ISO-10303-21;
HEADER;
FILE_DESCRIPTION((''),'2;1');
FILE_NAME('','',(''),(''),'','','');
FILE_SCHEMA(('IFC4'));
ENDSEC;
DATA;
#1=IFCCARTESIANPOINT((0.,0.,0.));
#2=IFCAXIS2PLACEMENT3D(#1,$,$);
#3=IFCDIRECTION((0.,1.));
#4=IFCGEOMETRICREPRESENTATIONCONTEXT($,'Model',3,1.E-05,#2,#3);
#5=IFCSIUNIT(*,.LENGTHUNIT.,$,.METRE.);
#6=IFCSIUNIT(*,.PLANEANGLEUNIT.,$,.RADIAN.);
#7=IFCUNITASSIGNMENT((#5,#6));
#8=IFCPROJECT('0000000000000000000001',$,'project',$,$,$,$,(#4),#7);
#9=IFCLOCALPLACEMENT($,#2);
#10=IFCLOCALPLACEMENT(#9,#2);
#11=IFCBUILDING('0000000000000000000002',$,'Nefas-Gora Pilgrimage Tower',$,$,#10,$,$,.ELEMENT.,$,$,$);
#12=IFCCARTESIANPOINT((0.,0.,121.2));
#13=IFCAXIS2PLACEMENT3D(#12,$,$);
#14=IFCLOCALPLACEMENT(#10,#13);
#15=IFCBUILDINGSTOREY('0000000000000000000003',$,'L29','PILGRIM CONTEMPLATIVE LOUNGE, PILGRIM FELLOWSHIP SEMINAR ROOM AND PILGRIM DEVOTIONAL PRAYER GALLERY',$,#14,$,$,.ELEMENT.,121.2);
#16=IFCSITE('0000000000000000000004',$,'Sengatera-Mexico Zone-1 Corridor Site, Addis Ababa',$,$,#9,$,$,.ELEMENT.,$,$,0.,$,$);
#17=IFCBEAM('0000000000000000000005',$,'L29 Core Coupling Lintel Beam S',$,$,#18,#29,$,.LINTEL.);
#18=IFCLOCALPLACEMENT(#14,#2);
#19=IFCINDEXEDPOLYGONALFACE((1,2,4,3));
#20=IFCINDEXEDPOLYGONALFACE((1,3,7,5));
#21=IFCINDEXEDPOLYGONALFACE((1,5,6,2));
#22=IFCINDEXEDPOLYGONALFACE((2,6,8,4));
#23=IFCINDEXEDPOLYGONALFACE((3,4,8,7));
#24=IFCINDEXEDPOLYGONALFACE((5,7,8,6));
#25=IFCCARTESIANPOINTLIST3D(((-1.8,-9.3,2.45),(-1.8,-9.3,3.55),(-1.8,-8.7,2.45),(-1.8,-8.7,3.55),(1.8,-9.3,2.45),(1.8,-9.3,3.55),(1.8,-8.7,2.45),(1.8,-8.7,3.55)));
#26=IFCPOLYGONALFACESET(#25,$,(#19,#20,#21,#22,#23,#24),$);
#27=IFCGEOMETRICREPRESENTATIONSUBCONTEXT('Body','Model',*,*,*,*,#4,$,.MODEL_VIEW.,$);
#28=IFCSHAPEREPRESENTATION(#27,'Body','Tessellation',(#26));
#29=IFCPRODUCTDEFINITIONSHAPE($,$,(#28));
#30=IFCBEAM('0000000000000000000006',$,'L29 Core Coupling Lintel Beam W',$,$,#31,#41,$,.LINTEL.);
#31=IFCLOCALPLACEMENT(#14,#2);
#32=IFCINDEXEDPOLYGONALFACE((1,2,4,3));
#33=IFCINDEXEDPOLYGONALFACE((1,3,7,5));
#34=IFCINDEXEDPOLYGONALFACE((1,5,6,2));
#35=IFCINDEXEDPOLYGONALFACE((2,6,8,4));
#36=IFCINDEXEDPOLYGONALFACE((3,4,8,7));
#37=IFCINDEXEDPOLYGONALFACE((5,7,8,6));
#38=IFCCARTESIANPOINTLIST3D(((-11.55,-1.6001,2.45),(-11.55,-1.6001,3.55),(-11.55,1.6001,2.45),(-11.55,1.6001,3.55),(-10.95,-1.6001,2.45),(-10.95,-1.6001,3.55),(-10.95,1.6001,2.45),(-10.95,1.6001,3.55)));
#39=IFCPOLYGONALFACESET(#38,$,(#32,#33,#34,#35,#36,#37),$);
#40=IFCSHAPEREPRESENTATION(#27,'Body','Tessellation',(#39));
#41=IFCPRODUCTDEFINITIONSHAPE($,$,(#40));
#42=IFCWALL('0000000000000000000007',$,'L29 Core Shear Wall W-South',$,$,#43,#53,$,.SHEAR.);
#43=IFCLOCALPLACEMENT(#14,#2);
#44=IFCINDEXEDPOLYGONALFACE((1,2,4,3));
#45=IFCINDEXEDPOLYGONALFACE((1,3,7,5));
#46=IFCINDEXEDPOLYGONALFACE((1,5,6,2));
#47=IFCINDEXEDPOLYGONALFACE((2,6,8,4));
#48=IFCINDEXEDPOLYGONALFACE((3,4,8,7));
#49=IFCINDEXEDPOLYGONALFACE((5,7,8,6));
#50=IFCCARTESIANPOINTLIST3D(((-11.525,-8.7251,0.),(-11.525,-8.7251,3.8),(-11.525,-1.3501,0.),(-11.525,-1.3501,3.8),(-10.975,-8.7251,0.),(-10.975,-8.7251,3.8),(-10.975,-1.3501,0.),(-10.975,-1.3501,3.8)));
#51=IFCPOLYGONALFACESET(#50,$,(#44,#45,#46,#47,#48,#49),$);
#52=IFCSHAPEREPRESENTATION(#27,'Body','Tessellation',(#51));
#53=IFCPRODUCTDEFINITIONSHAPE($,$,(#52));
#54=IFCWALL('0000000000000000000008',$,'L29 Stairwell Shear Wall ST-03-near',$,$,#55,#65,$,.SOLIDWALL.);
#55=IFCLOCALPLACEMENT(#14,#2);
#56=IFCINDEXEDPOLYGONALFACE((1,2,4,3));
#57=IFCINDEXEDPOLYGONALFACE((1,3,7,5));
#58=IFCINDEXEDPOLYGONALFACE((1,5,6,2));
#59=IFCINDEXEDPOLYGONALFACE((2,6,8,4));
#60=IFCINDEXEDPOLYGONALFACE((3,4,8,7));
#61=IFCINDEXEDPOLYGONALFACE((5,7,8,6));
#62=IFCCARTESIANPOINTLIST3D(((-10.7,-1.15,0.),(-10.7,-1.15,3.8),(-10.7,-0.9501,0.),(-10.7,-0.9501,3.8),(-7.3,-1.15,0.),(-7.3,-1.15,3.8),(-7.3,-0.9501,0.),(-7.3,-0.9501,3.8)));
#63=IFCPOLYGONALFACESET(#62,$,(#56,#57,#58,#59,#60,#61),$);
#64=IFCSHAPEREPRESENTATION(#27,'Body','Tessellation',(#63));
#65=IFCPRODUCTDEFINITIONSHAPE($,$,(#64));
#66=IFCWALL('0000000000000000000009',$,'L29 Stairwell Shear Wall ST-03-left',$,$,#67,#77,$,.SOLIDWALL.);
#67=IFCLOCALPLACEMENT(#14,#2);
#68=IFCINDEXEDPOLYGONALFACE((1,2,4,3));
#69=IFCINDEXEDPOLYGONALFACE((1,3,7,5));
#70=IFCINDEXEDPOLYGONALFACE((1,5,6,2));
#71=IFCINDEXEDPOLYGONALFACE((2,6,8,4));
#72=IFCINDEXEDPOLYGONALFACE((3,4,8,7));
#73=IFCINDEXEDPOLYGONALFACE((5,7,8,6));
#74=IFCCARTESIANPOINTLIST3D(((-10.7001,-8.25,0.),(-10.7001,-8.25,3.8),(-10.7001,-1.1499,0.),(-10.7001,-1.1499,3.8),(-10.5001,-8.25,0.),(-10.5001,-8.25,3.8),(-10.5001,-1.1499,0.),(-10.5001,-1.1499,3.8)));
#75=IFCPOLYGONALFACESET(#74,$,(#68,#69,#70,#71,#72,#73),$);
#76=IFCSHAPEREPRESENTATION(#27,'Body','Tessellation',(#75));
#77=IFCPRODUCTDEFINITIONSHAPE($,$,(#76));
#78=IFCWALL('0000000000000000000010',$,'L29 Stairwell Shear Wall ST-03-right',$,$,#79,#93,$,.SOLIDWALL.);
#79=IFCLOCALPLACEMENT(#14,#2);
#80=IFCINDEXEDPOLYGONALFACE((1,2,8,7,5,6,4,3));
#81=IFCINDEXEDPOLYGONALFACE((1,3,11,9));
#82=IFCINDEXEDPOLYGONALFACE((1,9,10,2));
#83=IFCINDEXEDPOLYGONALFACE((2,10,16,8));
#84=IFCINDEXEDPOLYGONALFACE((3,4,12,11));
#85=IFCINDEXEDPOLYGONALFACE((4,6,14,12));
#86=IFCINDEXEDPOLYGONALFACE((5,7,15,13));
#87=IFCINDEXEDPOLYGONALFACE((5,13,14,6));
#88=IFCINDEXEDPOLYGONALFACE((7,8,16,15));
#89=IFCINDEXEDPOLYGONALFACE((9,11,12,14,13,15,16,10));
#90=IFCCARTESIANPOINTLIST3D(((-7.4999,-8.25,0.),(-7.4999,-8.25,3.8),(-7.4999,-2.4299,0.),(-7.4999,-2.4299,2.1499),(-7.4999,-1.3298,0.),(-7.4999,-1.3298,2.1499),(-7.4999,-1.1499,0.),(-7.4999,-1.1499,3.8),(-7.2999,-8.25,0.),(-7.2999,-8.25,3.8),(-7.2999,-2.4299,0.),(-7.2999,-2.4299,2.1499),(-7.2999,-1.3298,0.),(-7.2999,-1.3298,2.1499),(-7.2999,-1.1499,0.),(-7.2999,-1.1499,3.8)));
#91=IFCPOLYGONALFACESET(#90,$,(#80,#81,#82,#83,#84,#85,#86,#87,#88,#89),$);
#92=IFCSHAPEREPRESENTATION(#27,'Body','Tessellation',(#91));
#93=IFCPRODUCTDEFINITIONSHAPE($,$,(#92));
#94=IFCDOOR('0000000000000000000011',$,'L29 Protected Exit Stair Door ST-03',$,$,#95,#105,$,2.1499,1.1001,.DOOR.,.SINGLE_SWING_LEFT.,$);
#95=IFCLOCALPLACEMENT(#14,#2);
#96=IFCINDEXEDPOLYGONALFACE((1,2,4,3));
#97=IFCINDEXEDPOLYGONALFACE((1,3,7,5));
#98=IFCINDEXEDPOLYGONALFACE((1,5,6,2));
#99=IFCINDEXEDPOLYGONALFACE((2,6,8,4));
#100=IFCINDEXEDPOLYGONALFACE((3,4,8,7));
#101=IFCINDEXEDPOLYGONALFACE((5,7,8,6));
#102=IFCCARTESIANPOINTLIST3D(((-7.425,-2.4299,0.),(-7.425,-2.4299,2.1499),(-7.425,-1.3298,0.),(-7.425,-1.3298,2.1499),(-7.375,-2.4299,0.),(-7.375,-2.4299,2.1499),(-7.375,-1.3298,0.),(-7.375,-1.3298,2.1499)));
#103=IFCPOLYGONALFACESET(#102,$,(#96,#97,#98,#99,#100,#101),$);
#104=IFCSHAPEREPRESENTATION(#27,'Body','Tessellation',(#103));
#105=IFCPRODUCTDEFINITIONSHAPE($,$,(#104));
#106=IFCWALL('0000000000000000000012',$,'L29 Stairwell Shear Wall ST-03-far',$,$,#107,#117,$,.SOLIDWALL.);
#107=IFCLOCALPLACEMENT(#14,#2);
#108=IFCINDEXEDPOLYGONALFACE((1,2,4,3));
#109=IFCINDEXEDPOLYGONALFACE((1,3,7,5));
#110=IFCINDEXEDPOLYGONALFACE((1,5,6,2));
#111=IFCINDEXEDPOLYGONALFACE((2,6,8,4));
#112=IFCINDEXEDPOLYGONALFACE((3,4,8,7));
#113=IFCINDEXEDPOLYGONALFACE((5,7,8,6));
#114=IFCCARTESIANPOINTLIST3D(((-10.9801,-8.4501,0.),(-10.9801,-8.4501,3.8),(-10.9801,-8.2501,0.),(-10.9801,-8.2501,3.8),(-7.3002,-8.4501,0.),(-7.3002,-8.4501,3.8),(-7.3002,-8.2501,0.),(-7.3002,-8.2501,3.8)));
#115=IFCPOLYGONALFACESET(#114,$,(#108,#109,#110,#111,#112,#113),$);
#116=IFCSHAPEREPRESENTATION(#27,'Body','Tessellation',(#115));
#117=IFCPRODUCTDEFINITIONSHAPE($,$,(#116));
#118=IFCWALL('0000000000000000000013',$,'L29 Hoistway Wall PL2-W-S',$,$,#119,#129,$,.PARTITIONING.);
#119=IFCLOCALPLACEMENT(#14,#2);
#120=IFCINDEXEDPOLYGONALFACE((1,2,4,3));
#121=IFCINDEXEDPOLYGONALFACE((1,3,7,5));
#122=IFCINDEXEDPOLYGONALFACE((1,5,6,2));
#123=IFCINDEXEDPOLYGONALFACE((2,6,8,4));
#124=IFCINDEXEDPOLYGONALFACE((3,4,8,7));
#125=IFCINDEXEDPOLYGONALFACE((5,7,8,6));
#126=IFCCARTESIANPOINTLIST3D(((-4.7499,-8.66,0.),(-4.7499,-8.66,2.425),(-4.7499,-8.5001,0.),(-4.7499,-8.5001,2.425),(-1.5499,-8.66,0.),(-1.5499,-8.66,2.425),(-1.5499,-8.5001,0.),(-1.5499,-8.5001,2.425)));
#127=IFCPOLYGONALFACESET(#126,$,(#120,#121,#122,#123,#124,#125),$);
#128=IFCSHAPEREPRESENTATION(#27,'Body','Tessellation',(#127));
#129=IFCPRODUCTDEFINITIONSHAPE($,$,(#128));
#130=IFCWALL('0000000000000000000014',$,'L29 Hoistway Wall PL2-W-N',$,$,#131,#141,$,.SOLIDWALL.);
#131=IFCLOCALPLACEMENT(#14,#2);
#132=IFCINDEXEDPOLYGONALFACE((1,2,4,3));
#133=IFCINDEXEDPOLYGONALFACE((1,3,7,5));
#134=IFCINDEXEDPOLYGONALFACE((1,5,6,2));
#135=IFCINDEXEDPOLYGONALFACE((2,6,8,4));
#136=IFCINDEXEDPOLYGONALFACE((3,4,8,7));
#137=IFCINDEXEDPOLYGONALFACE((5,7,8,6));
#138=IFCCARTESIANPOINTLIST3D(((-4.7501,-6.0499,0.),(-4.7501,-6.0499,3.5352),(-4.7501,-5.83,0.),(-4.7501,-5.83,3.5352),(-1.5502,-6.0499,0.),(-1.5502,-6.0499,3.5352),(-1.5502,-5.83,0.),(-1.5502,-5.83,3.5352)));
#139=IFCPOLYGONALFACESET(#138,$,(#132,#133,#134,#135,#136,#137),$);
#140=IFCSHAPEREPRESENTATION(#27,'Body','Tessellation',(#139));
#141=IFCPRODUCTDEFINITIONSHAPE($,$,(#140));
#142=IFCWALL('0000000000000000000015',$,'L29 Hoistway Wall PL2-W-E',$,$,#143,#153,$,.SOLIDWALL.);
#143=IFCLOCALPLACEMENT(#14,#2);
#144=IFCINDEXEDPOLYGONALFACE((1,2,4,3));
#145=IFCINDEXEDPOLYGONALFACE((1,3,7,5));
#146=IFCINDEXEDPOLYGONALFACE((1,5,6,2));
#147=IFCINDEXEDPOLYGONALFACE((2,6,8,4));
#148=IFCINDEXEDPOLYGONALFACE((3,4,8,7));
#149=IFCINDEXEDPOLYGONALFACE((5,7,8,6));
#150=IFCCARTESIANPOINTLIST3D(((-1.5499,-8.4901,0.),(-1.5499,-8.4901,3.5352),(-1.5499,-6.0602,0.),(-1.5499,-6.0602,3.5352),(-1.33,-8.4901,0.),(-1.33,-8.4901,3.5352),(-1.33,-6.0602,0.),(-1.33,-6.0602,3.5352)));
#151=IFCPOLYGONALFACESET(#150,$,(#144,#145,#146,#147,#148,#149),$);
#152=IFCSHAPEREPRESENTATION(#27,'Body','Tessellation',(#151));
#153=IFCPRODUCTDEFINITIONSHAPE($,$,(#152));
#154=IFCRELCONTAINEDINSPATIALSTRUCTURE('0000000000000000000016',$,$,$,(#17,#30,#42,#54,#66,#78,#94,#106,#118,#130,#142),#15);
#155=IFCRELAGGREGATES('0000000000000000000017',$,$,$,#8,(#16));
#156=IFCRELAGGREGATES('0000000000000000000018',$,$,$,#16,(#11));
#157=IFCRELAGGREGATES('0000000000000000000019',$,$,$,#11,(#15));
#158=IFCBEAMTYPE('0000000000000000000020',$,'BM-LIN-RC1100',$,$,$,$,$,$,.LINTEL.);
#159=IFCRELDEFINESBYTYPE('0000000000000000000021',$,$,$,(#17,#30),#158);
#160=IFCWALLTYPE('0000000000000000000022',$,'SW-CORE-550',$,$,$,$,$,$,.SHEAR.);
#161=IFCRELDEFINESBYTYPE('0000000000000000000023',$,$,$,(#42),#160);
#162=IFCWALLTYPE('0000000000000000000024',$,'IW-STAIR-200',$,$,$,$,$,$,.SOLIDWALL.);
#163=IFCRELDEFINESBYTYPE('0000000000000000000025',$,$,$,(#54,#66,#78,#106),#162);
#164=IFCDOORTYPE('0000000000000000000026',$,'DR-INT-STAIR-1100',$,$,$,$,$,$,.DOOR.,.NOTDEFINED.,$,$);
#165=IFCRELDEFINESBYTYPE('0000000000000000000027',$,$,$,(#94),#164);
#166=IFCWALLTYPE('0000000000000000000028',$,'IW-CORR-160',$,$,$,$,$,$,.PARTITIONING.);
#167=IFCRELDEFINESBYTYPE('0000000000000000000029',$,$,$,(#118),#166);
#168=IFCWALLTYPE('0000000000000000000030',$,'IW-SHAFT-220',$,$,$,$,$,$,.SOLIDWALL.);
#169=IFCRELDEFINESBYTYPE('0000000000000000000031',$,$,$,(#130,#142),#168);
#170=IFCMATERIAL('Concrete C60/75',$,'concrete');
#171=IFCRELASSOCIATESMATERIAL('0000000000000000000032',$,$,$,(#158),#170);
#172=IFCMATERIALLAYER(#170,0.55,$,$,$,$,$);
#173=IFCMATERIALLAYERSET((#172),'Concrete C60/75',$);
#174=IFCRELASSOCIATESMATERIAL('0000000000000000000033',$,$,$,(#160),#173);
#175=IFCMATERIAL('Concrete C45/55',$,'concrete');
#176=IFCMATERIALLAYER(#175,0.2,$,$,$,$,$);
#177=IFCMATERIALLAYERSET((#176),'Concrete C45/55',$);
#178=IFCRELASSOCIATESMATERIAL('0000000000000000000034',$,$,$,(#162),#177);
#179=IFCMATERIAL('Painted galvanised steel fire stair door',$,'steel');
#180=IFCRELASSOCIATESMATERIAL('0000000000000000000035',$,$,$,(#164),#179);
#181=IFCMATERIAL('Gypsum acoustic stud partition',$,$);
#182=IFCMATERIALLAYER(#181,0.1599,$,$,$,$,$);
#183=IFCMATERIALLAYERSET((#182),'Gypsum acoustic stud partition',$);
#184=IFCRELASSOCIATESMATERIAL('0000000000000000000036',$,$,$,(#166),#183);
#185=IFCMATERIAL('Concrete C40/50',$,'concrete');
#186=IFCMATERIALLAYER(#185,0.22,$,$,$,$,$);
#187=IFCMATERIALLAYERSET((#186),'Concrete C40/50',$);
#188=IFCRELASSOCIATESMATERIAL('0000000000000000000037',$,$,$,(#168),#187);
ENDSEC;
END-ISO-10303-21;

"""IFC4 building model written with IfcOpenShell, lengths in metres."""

from ifc_helpers import new_model, si_unit, direction, frame, frame_2d, origin, origin_2d, place, context, subcontext, project, spatial, rectangle, extrude, source, transform, mapped, material, layer, layer_set, material_profile, profile_set, type_object, element, fill, save


model = new_model("IFC4")

# Units and contexts
model_context = context("Model", 3, precision=1e-05, world=origin(), true_north=direction((0.0, 1.0)))
body_context = subcontext(model_context, "Body", "Model", "MODEL_VIEW")
ifc_project = project(units=[si_unit("LENGTHUNIT", "METRE"), si_unit("PLANEANGLEUNIT", "RADIAN")], contexts=[model_context])

# Site, building, storey
site_placement = place(None, origin())
site = spatial("IfcSite", under=ifc_project, at=site_placement, Name="Sengatera-Mexico Zone-1 Corridor Site, Addis Ababa", CompositionType="ELEMENT", RefElevation=0.0)
building_placement = place(site_placement, origin())
building = spatial("IfcBuilding", under=site, at=building_placement, Name="Nefas-Gora Pilgrimage Tower", CompositionType="ELEMENT")
storey_placement = place(building_placement, frame((0.0, 0.0, 121.2)))
storey = spatial("IfcBuildingStorey", under=building, at=storey_placement, Name="L29", Description="PILGRIM CONTEMPLATIVE LOUNGE, PILGRIM FELLOWSHIP SEMINAR ROOM AND PILGRIM DEVOTIONAL PRAYER GALLERY", CompositionType="ELEMENT", Elevation=121.2)

# Beams
ifc_material_1 = material(Name="Concrete C60/75", Category="concrete")
ifc_material_profile = material_profile(ifc_material_1, rectangle(XDim=0.6001, YDim=1.1001, at=origin_2d()), Name="RC 600x1100")
ifc_profile_set = profile_set([ifc_material_profile], Name="Concrete C60/75")
beam_type = type_object("IfcBeamType", Name="BM-LIN-RC1100", PredefinedType="LINTEL", material=ifc_profile_set)
shared_shape_1 = source(origin(), body_context, "Body", "SweptSolid", [
    extrude(rectangle(XDim=0.6001, YDim=1.1001, at=origin_2d()), origin(), (0.0, 0.0, 1.0), 3.6001),
])
beam_1_placement = place(storey_placement, frame((-1.8, -9.0, 3.0), z_axis=(1.0, 0.0, 0.0), x_axis=(0.0, 1.0, 0.0)))
element("IfcBeam", 1, at=beam_1_placement, inside=storey, type_object=beam_type, Name="L29 Core Coupling Lintel Beam S", PredefinedType="LINTEL", context=body_context, shape_type="MappedRepresentation", body=[
    mapped(shared_shape_1, transform((0.0, 0.0, 0.0), x_axis=(1.0, 0.0, 0.0), y_axis=(0.0, 1.0, 0.0), z_axis=(0.0, 0.0, 1.0), scale=1.0)),
])
shared_shape_2 = source(origin(), body_context, "Body", "SweptSolid", [
    extrude(rectangle(XDim=0.6001, YDim=1.1001, at=origin_2d()), origin(), (0.0, 0.0, 1.0), 3.2002),
])
beam_2_placement = place(storey_placement, frame((-11.25, -1.6001, 3.0), z_axis=(0.0, 1.0, 0.0), x_axis=(-1.0, 0.0, 0.0)))
element("IfcBeam", 2, at=beam_2_placement, inside=storey, type_object=beam_type, Name="L29 Core Coupling Lintel Beam W", PredefinedType="LINTEL", context=body_context, shape_type="MappedRepresentation", body=[
    mapped(shared_shape_2, transform((0.0, 0.0, 0.0), x_axis=(1.0, 0.0, 0.0), y_axis=(0.0, 1.0, 0.0), z_axis=(0.0, 0.0, 1.0), scale=1.0)),
])

# Walls
ifc_layer_1 = layer(ifc_material_1, 0.55)
ifc_layer_set_1 = layer_set([ifc_layer_1], Name="Concrete C60/75")
wall_type_1 = type_object("IfcWallType", Name="SW-CORE-550", PredefinedType="SHEAR", material=ifc_layer_set_1)
shared_shape_3 = source(origin(), body_context, "Body", "SweptSolid", [
    extrude(rectangle(XDim=7.375, YDim=0.55, at=frame_2d((3.6875, 0.0))), origin(), (0.0, 0.0, 1.0), 3.8),
])
wall_1_placement = place(storey_placement, frame((-11.25, -8.7251, 0.0), z_axis=(0.0, 0.0, 1.0), x_axis=(0.0, 1.0, 0.0)))
element("IfcWall", 3, at=wall_1_placement, inside=storey, type_object=wall_type_1, Name="L29 Core Shear Wall W-South", PredefinedType="SHEAR", context=body_context, shape_type="MappedRepresentation", body=[
    mapped(shared_shape_3, transform((0.0, 0.0, 0.0), x_axis=(1.0, 0.0, 0.0), y_axis=(0.0, 1.0, 0.0), z_axis=(0.0, 0.0, 1.0), scale=1.0)),
])
ifc_material_2 = material(Name="Concrete C45/55", Category="concrete")
ifc_layer_2 = layer(ifc_material_2, 0.2)
ifc_layer_set_2 = layer_set([ifc_layer_2], Name="Concrete C45/55")
wall_type_2 = type_object("IfcWallType", Name="IW-STAIR-200", PredefinedType="SOLIDWALL", material=ifc_layer_set_2)
shared_shape_4 = source(origin(), body_context, "Body", "SweptSolid", [
    extrude(rectangle(XDim=3.3999, YDim=0.2, at=frame_2d((1.7, 0.0))), origin(), (0.0, 0.0, 1.0), 3.8),
])
wall_2_placement = place(storey_placement, frame((-10.7, -1.05, 0.0), z_axis=(0.0, 0.0, 1.0), x_axis=(1.0, 0.0, 0.0)))
element("IfcWall", 4, at=wall_2_placement, inside=storey, type_object=wall_type_2, Name="L29 Stairwell Shear Wall ST-03-near", PredefinedType="SOLIDWALL", context=body_context, shape_type="MappedRepresentation", body=[
    mapped(shared_shape_4, transform((0.0, 0.0, 0.0), x_axis=(1.0, 0.0, 0.0), y_axis=(0.0, 1.0, 0.0), z_axis=(0.0, 0.0, 1.0), scale=1.0)),
])
shared_shape_5 = source(origin(), body_context, "Body", "SweptSolid", [
    extrude(rectangle(XDim=7.1001, YDim=0.2, at=frame_2d((3.55, 0.0))), origin(), (0.0, 0.0, 1.0), 3.8),
])
wall_3_placement = place(storey_placement, frame((-10.6001, -1.1499, 0.0), z_axis=(0.0, 0.0, 1.0), x_axis=(0.0, -1.0, 0.0)))
element("IfcWall", 5, at=wall_3_placement, inside=storey, type_object=wall_type_2, Name="L29 Stairwell Shear Wall ST-03-left", PredefinedType="SOLIDWALL", context=body_context, shape_type="MappedRepresentation", body=[
    mapped(shared_shape_5, transform((0.0, 0.0, 0.0), x_axis=(1.0, 0.0, 0.0), y_axis=(0.0, 1.0, 0.0), z_axis=(0.0, 0.0, 1.0), scale=1.0)),
])

# Wall, opening, door
wall_4_placement = place(storey_placement, frame((-7.3999, -1.1499, 0.0), z_axis=(0.0, 0.0, 1.0), x_axis=(0.0, -1.0, 0.0)))
wall_4 = element("IfcWall", 6, at=wall_4_placement, inside=storey, type_object=wall_type_2, Name="L29 Stairwell Shear Wall ST-03-right", PredefinedType="SOLIDWALL", context=body_context, shape_type="MappedRepresentation", body=[
    mapped(shared_shape_5, transform((0.0, 0.0, 0.0), x_axis=(1.0, 0.0, 0.0), y_axis=(0.0, 1.0, 0.0), z_axis=(0.0, 0.0, 1.0), scale=1.0)),
])
opening_1_placement = place(wall_4_placement, frame((0.1799, 0.0, 0.0)))
opening_1 = element("IfcOpeningElement", 7, at=opening_1_placement, cuts=wall_4, PredefinedType="OPENING", context=body_context, shape_type="SweptSolid", body=[
    extrude(rectangle(XDim=1.1001, YDim=2.1499, at=frame_2d((0.55, 1.075))), frame((0.0, 0.1099, 0.0), z_axis=(0.0, -1.0, 0.0), x_axis=(1.0, 0.0, 0.0)), (0.0, 0.0, 1.0), 0.22),
])
ifc_material_3 = material(Name="Painted galvanised steel fire stair door", Category="steel")
door_type_1 = type_object("IfcDoorType", Name="DR-INT-STAIR-1100", OperationType="NOTDEFINED", PredefinedType="DOOR", material=ifc_material_3)
shared_shape_6 = source(origin(), body_context, "Body", "SweptSolid", [
    extrude(rectangle(XDim=1.1001, YDim=2.1499, at=frame_2d((0.55, 1.075))), frame((0.0, 0.0249, 0.0), z_axis=(0.0, -1.0, 0.0), x_axis=(1.0, 0.0, 0.0)), (0.0, 0.0, 1.0), 0.05),
])
door_1_placement = place(opening_1_placement, origin())
door_1 = element("IfcDoor", 8, at=door_1_placement, inside=storey, type_object=door_type_1, Name="L29 Protected Exit Stair Door ST-03", OperationType="SINGLE_SWING_LEFT", OverallHeight=2.1499, OverallWidth=1.1001, PredefinedType="DOOR", context=body_context, shape_type="MappedRepresentation", body=[
    mapped(shared_shape_6, transform((0.0, 0.0, 0.0), x_axis=(1.0, 0.0, 0.0), y_axis=(0.0, 1.0, 0.0), z_axis=(0.0, 0.0, 1.0), scale=1.0)),
])
fill(opening_1, door_1)

# Walls
shared_shape_7 = source(origin(), body_context, "Body", "SweptSolid", [
    extrude(rectangle(XDim=3.6799, YDim=0.2, at=frame_2d((1.8398, 0.0))), origin(), (0.0, 0.0, 1.0), 3.8),
])
wall_5_placement = place(storey_placement, frame((-10.98, -8.3501, 0.0), z_axis=(0.0, 0.0, 1.0), x_axis=(1.0, 0.0, 0.0)))
element("IfcWall", 9, at=wall_5_placement, inside=storey, type_object=wall_type_2, Name="L29 Stairwell Shear Wall ST-03-far", PredefinedType="SOLIDWALL", context=body_context, shape_type="MappedRepresentation", body=[
    mapped(shared_shape_7, transform((0.0, 0.0, 0.0), x_axis=(1.0, 0.0, 0.0), y_axis=(0.0, 1.0, 0.0), z_axis=(0.0, 0.0, 1.0), scale=1.0)),
])
ifc_material_4 = material(Name="Gypsum acoustic stud partition")
ifc_layer_3 = layer(ifc_material_4, 0.1599)
ifc_layer_set_3 = layer_set([ifc_layer_3], Name="Gypsum acoustic stud partition")
wall_type_3 = type_object("IfcWallType", Name="IW-CORR-160", PredefinedType="PARTITIONING", material=ifc_layer_set_3)
shared_shape_8 = source(origin(), body_context, "Body", "SweptSolid", [
    extrude(rectangle(XDim=3.2, YDim=0.1599, at=frame_2d((1.6001, 0.0))), origin(), (0.0, 0.0, 1.0), 2.425),
])
wall_6_placement = place(storey_placement, frame((-4.75, -8.5801, 0.0), z_axis=(0.0, 0.0, 1.0), x_axis=(1.0, 0.0, 0.0)))
element("IfcWall", 10, at=wall_6_placement, inside=storey, type_object=wall_type_3, Name="L29 Hoistway Wall PL2-W-S", PredefinedType="PARTITIONING", context=body_context, shape_type="MappedRepresentation", body=[
    mapped(shared_shape_8, transform((0.0, 0.0, 0.0), x_axis=(1.0, 0.0, 0.0), y_axis=(0.0, 1.0, 0.0), z_axis=(0.0, 0.0, 1.0), scale=1.0)),
])
ifc_material_5 = material(Name="Concrete C40/50", Category="concrete")
ifc_layer_4 = layer(ifc_material_5, 0.22)
ifc_layer_set_4 = layer_set([ifc_layer_4], Name="Concrete C40/50")
wall_type_4 = type_object("IfcWallType", Name="IW-SHAFT-220", PredefinedType="SOLIDWALL", material=ifc_layer_set_4)
shared_shape_9 = source(origin(), body_context, "Body", "SweptSolid", [
    extrude(rectangle(XDim=3.2, YDim=0.22, at=frame_2d((1.6001, 0.0))), origin(), (0.0, 0.0, 1.0), 3.5352),
])
wall_7_placement = place(storey_placement, frame((-1.55, -5.9399, 0.0), z_axis=(0.0, 0.0, 1.0), x_axis=(-1.0, 0.0, 0.0)))
element("IfcWall", 11, at=wall_7_placement, inside=storey, type_object=wall_type_4, Name="L29 Hoistway Wall PL2-W-N", PredefinedType="SOLIDWALL", context=body_context, shape_type="MappedRepresentation", body=[
    mapped(shared_shape_9, transform((0.0, 0.0, 0.0), x_axis=(1.0, 0.0, 0.0), y_axis=(0.0, 1.0, 0.0), z_axis=(0.0, 0.0, 1.0), scale=1.0)),
])
shared_shape_10 = source(origin(), body_context, "Body", "SweptSolid", [
    extrude(rectangle(XDim=2.4299, YDim=0.22, at=frame_2d((1.2148, 0.0))), origin(), (0.0, 0.0, 1.0), 3.5352),
])
for number, where, z_axis, x_axis, name in (
    (12, (-1.4399, -8.49, 0.0), (0.0, 0.0, 1.0), (0.0, 1.0, 0.0), "L29 Hoistway Wall PL2-W-E"),
):
    element("IfcWall", number, at=place(storey_placement, frame(where, z_axis=z_axis, x_axis=x_axis)), inside=storey, type_object=wall_type_4, Name=name, PredefinedType="SOLIDWALL", context=body_context, shape_type="MappedRepresentation", body=[
        mapped(shared_shape_10, transform((0.0, 0.0, 0.0), x_axis=(1.0, 0.0, 0.0), y_axis=(0.0, 1.0, 0.0), z_axis=(0.0, 0.0, 1.0), scale=1.0)),
    ])

save(model, "model.ifc")
